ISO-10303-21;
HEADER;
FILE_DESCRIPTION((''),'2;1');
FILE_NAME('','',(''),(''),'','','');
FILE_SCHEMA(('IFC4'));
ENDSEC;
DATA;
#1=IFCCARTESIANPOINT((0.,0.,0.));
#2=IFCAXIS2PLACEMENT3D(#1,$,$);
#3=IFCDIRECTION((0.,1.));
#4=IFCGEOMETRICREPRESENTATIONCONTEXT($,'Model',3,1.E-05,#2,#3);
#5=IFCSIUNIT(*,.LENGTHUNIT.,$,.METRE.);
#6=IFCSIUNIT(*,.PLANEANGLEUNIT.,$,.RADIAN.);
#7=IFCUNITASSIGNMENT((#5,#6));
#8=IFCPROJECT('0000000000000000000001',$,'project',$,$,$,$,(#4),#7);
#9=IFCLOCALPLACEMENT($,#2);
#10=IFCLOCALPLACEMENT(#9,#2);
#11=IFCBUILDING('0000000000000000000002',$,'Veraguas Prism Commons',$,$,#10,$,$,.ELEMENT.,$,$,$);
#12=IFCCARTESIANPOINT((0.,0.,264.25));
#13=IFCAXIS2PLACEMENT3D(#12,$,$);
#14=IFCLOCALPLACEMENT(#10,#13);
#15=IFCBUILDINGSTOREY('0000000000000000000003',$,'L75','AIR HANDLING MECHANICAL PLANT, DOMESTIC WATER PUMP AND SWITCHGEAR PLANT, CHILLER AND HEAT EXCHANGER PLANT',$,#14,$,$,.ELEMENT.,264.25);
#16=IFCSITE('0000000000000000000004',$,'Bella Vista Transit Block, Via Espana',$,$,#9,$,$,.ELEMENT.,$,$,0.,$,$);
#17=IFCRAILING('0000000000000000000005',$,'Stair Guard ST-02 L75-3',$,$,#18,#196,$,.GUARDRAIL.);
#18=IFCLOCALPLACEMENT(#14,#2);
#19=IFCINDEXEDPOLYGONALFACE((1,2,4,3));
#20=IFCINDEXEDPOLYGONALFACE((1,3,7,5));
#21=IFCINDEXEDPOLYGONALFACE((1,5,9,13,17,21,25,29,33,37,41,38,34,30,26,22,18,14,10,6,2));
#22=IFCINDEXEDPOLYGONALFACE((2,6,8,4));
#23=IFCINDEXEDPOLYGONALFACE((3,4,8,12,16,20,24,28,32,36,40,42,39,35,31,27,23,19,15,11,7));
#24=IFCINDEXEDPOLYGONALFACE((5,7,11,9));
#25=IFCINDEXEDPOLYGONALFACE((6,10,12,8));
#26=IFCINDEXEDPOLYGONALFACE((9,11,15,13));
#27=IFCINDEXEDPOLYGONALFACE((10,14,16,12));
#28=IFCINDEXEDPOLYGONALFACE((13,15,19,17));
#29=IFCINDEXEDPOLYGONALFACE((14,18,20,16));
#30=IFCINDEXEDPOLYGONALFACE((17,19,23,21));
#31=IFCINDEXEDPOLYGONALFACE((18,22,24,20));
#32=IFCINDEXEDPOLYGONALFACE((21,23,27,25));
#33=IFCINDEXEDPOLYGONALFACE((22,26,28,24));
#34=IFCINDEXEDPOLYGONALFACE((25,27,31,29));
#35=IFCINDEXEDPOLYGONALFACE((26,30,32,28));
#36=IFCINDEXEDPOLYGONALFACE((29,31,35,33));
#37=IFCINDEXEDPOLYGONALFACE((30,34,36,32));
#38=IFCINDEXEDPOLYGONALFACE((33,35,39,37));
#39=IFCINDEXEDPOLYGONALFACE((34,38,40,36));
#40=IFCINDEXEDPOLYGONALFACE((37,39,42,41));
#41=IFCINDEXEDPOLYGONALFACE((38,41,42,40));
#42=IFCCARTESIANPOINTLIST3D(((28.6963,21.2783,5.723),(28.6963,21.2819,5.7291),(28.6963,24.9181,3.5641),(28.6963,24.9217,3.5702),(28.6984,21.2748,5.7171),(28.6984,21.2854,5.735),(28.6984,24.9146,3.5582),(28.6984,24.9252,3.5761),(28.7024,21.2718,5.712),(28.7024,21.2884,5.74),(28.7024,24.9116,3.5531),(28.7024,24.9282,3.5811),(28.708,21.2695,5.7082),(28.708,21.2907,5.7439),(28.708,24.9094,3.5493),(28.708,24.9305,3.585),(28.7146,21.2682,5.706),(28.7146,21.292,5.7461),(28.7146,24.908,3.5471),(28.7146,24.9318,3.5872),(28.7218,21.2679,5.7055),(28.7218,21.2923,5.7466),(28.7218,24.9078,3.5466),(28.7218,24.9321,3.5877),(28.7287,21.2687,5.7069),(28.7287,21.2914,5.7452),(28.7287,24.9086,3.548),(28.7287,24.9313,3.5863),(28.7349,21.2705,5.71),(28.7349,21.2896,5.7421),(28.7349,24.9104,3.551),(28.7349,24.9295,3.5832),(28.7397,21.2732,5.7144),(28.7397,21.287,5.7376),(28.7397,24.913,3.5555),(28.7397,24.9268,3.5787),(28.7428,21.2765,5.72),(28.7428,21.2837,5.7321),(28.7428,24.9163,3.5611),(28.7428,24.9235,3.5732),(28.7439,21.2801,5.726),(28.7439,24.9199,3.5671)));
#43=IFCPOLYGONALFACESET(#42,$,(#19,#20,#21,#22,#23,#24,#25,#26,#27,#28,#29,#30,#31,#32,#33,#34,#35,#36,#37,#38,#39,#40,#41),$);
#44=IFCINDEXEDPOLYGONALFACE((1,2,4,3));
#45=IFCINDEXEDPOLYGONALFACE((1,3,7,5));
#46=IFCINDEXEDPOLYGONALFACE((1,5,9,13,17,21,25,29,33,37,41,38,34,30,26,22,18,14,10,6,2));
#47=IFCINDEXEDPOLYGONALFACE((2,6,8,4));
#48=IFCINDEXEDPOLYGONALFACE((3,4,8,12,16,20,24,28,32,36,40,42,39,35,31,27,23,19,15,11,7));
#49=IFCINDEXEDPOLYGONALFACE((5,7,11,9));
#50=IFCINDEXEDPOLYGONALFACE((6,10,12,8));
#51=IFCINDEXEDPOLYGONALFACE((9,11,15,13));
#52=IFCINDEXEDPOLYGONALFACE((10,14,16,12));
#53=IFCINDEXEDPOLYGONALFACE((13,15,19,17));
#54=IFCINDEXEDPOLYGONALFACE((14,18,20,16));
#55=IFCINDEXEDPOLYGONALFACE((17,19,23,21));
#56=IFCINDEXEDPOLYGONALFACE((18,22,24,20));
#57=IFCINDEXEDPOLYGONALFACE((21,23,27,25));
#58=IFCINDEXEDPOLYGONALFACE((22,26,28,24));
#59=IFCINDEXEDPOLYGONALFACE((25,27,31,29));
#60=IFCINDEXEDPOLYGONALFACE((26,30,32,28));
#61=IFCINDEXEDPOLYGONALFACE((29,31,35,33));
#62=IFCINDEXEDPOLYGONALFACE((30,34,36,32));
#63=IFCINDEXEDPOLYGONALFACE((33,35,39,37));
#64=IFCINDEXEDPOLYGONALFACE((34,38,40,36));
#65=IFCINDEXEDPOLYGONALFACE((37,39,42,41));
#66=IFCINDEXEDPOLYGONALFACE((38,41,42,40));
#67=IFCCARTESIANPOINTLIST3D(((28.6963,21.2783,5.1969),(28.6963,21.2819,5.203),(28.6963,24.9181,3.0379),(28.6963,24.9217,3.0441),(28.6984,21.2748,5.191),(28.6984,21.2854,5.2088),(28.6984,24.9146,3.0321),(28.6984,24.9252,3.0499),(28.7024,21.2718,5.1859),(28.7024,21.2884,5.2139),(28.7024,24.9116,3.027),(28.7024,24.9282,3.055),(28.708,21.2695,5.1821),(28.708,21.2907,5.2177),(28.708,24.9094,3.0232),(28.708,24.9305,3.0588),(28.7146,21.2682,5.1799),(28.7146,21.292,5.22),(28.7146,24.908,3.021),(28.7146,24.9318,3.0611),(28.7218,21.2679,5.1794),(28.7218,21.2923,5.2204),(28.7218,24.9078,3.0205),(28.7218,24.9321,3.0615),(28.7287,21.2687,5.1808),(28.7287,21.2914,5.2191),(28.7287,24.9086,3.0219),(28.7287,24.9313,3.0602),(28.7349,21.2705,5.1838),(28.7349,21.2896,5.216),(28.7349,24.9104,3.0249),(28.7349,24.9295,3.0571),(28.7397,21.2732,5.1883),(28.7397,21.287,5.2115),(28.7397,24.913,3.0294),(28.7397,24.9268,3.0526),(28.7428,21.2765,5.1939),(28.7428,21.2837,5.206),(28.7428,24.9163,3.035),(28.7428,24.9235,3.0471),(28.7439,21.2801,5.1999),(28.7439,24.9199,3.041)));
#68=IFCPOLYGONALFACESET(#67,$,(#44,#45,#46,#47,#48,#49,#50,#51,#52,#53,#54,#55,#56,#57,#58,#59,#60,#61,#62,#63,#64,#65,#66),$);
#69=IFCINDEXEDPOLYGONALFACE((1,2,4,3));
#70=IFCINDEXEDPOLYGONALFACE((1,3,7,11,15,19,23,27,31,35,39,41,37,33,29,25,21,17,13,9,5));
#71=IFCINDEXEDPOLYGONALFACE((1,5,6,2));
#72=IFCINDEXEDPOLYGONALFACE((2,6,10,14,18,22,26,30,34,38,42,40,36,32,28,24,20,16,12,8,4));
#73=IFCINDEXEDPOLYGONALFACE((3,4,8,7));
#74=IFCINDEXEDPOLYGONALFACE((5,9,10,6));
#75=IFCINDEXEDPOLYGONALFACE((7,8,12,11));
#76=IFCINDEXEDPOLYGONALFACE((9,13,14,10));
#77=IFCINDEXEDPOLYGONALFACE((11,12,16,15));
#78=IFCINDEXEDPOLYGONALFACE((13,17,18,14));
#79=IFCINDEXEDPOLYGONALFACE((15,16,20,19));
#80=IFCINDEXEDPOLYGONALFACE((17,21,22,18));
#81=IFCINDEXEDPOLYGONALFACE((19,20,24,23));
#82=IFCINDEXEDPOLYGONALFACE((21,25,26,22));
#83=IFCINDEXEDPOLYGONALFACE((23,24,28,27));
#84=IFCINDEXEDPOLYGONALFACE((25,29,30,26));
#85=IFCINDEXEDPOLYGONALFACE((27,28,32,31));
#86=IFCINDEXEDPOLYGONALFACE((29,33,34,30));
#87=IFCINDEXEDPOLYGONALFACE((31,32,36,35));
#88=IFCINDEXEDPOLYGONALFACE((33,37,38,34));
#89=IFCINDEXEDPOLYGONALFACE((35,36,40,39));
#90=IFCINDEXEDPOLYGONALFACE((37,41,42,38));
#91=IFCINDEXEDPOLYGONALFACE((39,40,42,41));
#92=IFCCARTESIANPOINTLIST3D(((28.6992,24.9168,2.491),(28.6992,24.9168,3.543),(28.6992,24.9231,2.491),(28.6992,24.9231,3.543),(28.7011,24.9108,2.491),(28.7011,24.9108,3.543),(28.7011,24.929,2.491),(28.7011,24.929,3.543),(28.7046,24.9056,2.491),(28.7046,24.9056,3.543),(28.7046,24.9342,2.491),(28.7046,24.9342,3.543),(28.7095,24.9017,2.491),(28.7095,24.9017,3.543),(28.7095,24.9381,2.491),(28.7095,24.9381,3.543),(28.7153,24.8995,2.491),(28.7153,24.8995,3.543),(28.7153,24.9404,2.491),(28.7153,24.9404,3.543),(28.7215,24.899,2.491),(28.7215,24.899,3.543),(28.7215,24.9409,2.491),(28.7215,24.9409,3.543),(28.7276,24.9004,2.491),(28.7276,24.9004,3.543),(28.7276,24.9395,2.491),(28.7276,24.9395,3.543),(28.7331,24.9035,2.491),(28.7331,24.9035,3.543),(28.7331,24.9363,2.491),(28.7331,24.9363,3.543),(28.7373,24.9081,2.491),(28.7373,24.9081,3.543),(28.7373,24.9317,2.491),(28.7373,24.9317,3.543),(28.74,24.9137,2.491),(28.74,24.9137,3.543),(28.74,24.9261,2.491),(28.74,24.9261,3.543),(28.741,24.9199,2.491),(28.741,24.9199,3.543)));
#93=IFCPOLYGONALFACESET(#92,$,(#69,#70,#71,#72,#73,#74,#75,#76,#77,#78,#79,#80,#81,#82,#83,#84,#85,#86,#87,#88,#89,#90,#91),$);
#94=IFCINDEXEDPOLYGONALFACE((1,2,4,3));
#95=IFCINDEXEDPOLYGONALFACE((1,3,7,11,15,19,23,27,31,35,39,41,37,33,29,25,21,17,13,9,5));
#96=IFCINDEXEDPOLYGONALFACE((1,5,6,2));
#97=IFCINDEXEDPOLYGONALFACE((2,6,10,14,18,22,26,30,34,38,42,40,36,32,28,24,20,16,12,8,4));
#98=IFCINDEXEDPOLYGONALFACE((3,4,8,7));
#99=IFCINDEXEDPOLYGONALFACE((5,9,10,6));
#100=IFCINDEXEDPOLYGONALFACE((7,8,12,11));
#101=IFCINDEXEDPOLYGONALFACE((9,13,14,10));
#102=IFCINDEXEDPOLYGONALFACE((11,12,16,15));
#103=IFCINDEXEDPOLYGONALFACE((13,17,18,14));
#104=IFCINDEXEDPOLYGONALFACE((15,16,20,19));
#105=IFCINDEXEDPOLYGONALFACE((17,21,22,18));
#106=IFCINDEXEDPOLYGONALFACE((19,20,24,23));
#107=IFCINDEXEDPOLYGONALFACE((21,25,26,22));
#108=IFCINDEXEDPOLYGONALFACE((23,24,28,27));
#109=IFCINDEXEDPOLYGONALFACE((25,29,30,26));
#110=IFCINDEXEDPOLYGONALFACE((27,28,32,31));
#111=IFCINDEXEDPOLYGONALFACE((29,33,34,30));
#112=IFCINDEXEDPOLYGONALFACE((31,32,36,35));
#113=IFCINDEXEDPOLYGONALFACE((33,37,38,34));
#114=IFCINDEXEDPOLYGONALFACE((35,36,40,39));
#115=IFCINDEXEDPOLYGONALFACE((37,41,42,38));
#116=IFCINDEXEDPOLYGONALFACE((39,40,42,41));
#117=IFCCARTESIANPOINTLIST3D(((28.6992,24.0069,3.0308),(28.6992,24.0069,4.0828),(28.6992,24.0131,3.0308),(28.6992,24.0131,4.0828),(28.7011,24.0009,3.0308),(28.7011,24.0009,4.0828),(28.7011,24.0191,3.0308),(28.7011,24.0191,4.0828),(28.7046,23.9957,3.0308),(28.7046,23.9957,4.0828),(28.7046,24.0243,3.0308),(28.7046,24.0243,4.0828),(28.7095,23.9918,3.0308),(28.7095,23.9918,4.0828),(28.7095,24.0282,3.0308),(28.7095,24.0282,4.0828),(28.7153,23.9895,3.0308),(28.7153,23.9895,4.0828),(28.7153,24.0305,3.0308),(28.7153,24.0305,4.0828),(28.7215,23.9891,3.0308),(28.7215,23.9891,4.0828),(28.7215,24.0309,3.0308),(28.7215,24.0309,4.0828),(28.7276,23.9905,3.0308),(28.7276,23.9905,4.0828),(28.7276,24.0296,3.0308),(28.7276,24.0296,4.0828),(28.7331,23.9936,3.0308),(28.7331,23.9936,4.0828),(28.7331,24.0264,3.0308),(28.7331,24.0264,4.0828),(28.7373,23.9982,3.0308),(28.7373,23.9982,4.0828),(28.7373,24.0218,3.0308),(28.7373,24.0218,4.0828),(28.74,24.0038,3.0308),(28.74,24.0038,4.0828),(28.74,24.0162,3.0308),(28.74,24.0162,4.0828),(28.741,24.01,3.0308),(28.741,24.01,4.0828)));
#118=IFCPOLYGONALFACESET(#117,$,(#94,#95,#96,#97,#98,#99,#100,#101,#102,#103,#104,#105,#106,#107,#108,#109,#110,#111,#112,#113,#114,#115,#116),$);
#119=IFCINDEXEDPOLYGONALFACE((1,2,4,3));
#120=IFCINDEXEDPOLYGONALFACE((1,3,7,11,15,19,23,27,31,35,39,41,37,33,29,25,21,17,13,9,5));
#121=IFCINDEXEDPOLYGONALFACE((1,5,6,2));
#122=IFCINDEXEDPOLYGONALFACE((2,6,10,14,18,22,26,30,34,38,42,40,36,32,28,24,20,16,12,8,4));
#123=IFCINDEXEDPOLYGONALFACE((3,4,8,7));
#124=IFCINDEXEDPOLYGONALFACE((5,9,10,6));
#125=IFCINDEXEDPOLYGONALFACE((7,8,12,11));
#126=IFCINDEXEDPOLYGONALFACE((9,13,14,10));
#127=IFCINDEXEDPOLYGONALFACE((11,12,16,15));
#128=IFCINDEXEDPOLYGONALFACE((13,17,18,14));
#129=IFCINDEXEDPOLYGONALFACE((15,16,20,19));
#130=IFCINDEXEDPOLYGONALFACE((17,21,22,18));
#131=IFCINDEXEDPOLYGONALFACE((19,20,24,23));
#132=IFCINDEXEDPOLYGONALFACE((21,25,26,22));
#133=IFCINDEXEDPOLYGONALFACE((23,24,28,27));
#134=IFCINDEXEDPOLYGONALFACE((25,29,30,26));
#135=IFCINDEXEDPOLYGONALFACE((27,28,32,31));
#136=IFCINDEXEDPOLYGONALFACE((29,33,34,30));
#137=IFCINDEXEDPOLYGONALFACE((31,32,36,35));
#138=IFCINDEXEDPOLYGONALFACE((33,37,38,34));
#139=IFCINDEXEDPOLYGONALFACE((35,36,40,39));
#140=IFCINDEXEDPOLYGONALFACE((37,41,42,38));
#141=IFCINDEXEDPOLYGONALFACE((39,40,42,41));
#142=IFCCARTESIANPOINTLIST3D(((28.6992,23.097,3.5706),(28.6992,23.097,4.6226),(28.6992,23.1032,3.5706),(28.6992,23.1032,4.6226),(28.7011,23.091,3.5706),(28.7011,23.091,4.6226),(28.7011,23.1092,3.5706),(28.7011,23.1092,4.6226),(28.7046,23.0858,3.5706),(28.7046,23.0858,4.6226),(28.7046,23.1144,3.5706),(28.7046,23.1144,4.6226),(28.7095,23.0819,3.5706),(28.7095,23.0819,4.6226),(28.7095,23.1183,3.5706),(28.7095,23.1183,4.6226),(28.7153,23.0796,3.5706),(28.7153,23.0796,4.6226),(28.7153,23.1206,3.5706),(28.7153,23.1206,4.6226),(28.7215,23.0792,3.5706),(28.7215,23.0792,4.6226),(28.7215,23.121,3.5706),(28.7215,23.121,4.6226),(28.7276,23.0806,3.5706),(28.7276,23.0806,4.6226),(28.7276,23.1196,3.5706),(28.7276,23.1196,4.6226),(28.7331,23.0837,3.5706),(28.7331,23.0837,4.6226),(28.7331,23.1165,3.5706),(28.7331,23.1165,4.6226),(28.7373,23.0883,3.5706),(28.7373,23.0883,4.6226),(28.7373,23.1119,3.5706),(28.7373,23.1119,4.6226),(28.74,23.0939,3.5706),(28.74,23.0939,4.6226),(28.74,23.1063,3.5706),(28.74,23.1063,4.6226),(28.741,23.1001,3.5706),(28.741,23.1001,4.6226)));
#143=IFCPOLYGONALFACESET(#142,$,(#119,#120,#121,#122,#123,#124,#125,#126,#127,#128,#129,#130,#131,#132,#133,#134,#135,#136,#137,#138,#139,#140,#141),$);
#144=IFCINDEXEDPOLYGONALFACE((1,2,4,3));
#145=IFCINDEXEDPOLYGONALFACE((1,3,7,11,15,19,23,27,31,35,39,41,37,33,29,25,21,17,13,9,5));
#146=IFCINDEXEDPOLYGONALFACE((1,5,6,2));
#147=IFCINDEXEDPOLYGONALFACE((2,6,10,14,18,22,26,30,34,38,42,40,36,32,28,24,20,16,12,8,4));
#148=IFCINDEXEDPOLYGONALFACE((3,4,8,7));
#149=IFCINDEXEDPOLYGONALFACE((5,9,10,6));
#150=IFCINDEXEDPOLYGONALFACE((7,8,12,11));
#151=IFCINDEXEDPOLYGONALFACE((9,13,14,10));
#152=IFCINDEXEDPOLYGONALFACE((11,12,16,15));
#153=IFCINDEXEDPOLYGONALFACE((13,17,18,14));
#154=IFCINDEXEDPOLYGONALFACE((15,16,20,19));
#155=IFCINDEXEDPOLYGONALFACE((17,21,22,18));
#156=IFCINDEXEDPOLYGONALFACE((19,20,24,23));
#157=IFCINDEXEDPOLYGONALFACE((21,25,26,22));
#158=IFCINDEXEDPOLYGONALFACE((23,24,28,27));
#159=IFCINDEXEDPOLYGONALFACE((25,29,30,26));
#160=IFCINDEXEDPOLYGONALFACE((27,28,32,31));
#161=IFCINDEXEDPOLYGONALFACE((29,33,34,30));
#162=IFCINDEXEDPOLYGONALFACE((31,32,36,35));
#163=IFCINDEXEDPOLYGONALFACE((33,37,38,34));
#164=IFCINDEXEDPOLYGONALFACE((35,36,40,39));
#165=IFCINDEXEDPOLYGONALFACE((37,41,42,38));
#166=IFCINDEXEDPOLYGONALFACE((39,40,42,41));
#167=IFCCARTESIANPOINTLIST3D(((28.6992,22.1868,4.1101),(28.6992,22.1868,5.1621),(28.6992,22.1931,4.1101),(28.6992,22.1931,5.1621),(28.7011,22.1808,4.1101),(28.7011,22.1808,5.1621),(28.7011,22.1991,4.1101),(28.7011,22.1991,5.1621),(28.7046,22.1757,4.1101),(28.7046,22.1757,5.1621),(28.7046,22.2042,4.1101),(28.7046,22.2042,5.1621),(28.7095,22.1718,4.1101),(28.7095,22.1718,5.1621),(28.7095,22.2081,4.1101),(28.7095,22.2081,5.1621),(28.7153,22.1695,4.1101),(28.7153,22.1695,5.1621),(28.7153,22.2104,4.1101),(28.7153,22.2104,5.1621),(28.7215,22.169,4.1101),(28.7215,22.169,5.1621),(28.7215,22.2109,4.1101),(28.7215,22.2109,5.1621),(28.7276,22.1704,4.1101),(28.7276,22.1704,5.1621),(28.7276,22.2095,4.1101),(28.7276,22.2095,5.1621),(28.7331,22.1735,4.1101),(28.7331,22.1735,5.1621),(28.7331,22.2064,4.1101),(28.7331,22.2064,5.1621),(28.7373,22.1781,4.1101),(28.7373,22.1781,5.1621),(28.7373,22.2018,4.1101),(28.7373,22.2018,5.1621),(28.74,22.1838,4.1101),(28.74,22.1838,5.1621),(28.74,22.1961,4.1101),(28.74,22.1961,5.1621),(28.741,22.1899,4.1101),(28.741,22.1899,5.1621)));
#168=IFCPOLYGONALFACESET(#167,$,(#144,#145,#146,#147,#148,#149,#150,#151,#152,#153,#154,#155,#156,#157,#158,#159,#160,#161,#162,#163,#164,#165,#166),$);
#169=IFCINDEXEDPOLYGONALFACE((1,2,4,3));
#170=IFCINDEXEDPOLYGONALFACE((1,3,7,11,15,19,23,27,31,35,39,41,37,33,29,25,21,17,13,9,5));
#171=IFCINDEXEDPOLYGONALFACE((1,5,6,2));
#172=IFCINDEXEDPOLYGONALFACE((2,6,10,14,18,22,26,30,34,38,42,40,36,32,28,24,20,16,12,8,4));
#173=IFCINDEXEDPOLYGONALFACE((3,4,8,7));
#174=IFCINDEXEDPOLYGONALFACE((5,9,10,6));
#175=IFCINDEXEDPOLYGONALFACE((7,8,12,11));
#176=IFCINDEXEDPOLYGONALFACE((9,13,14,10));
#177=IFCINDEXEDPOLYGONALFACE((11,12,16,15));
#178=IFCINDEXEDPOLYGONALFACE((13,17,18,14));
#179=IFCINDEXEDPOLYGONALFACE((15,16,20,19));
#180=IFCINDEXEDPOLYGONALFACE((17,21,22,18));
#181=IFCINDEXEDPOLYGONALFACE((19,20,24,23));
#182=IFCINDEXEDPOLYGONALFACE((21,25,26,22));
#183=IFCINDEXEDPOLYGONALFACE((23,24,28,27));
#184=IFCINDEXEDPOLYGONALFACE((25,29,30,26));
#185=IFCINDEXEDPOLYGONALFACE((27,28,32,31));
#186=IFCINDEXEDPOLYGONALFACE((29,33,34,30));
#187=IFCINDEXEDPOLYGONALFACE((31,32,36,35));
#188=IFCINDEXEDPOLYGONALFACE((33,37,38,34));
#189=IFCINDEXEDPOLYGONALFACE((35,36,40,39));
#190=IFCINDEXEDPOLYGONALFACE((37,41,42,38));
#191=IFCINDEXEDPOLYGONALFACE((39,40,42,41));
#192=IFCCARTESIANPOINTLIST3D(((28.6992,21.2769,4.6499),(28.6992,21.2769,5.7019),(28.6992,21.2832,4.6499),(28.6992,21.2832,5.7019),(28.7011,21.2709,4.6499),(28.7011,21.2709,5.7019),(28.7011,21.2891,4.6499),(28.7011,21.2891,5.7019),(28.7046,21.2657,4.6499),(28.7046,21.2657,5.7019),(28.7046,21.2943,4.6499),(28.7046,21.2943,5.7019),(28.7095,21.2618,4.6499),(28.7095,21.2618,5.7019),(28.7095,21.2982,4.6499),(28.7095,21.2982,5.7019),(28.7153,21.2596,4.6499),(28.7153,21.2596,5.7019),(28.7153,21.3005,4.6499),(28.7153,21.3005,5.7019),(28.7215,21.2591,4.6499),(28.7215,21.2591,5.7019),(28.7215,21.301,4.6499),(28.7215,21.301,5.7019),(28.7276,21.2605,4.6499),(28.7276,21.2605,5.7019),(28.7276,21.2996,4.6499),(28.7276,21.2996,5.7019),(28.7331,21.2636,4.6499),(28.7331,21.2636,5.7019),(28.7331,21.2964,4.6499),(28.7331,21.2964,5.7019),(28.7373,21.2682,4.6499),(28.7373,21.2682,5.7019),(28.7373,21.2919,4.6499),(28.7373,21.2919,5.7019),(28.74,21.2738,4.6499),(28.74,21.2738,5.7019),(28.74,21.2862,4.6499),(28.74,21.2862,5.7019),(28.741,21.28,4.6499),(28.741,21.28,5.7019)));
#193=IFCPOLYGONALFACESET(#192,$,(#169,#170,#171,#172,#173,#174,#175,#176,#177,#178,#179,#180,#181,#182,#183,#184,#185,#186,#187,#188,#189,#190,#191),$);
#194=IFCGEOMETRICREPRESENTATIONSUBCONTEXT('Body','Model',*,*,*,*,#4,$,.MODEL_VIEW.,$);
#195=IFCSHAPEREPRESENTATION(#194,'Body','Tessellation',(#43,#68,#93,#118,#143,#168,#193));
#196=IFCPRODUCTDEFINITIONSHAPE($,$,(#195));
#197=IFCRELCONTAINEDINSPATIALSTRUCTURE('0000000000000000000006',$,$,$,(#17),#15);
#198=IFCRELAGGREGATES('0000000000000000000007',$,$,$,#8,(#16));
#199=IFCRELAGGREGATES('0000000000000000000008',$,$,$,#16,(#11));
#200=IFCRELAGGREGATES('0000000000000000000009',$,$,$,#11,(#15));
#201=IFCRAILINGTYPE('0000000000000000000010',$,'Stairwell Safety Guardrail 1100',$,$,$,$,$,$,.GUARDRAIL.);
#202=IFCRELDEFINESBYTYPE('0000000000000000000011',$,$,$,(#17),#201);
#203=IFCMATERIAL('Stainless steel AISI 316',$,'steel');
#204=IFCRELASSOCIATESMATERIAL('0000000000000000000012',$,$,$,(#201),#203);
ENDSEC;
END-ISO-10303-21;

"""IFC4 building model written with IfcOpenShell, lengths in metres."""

from ifc_helpers import new_model, si_unit, direction, frame, origin, origin_2d, place, context, subcontext, project, spatial, circle, extrude, material, type_object, element, save


model = new_model("IFC4")

# Units and contexts
model_context = context("Model", 3, precision=1e-05, world=origin(), true_north=direction((0.0, 1.0)))
body_context = subcontext(model_context, "Body", "Model", "MODEL_VIEW")
ifc_project = project(units=[si_unit("LENGTHUNIT", "METRE"), si_unit("PLANEANGLEUNIT", "RADIAN")], contexts=[model_context])

# Site, building, storey
site_placement = place(None, origin())
site = spatial("IfcSite", under=ifc_project, at=site_placement, Name="Bella Vista Transit Block, Via Espana", CompositionType="ELEMENT", RefElevation=0.0)
building_placement = place(site_placement, origin())
building = spatial("IfcBuilding", under=site, at=building_placement, Name="Veraguas Prism Commons", CompositionType="ELEMENT")
storey_placement = place(building_placement, frame((0.0, 0.0, 264.25)))
storey = spatial("IfcBuildingStorey", under=building, at=storey_placement, Name="L75", Description="AIR HANDLING MECHANICAL PLANT, DOMESTIC WATER PUMP AND SWITCHGEAR PLANT, CHILLER AND HEAT EXCHANGER PLANT", CompositionType="ELEMENT", Elevation=264.25)

# Railing
ifc_material_1 = material(Name="Stainless steel AISI 316", Category="steel")
railing_type = type_object("IfcRailingType", Name="Stairwell Safety Guardrail 1100", PredefinedType="GUARDRAIL", material=ifc_material_1)
railing_1_placement = place(storey_placement, frame((28.72, 24.9199, 2.491)))
element("IfcRailing", 1, at=railing_1_placement, inside=storey, type_object=railing_type, Name="Stair Guard ST-02 L75-3", PredefinedType="GUARDRAIL", context=body_context, shape_type="SweptSolid", body=[
    extrude(circle(Radius=0.0239, at=origin_2d()), frame((0.0, 0.0, 1.0762), z_axis=(0.0, -0.860088, 0.510145), x_axis=(1.0, 0.0, 0.0)), (0.0, 0.0, 1.0), 4.2319),
    extrude(circle(Radius=0.0239, at=origin_2d()), frame((0.0, 0.0, 0.55), z_axis=(0.0, -0.860088, 0.510145), x_axis=(1.0, 0.0, 0.0)), (0.0, 0.0, 1.0), 4.2319),
    extrude(circle(Radius=0.021, at=origin_2d()), origin(), (0.0, 0.0, 1.0), 1.052),
    extrude(circle(Radius=0.021, at=origin_2d()), frame((0.0, -0.9099, 0.5398)), (0.0, 0.0, 1.0), 1.052),
    extrude(circle(Radius=0.021, at=origin_2d()), frame((0.0, -1.8198, 1.0796)), (0.0, 0.0, 1.0), 1.052),
    extrude(circle(Radius=0.021, at=origin_2d()), frame((0.0, -2.73, 1.6191)), (0.0, 0.0, 1.0), 1.052),
    extrude(circle(Radius=0.021, at=origin_2d()), frame((0.0, -3.6399, 2.1589)), (0.0, 0.0, 1.0), 1.052),
])

save(model, "model.ifc")
